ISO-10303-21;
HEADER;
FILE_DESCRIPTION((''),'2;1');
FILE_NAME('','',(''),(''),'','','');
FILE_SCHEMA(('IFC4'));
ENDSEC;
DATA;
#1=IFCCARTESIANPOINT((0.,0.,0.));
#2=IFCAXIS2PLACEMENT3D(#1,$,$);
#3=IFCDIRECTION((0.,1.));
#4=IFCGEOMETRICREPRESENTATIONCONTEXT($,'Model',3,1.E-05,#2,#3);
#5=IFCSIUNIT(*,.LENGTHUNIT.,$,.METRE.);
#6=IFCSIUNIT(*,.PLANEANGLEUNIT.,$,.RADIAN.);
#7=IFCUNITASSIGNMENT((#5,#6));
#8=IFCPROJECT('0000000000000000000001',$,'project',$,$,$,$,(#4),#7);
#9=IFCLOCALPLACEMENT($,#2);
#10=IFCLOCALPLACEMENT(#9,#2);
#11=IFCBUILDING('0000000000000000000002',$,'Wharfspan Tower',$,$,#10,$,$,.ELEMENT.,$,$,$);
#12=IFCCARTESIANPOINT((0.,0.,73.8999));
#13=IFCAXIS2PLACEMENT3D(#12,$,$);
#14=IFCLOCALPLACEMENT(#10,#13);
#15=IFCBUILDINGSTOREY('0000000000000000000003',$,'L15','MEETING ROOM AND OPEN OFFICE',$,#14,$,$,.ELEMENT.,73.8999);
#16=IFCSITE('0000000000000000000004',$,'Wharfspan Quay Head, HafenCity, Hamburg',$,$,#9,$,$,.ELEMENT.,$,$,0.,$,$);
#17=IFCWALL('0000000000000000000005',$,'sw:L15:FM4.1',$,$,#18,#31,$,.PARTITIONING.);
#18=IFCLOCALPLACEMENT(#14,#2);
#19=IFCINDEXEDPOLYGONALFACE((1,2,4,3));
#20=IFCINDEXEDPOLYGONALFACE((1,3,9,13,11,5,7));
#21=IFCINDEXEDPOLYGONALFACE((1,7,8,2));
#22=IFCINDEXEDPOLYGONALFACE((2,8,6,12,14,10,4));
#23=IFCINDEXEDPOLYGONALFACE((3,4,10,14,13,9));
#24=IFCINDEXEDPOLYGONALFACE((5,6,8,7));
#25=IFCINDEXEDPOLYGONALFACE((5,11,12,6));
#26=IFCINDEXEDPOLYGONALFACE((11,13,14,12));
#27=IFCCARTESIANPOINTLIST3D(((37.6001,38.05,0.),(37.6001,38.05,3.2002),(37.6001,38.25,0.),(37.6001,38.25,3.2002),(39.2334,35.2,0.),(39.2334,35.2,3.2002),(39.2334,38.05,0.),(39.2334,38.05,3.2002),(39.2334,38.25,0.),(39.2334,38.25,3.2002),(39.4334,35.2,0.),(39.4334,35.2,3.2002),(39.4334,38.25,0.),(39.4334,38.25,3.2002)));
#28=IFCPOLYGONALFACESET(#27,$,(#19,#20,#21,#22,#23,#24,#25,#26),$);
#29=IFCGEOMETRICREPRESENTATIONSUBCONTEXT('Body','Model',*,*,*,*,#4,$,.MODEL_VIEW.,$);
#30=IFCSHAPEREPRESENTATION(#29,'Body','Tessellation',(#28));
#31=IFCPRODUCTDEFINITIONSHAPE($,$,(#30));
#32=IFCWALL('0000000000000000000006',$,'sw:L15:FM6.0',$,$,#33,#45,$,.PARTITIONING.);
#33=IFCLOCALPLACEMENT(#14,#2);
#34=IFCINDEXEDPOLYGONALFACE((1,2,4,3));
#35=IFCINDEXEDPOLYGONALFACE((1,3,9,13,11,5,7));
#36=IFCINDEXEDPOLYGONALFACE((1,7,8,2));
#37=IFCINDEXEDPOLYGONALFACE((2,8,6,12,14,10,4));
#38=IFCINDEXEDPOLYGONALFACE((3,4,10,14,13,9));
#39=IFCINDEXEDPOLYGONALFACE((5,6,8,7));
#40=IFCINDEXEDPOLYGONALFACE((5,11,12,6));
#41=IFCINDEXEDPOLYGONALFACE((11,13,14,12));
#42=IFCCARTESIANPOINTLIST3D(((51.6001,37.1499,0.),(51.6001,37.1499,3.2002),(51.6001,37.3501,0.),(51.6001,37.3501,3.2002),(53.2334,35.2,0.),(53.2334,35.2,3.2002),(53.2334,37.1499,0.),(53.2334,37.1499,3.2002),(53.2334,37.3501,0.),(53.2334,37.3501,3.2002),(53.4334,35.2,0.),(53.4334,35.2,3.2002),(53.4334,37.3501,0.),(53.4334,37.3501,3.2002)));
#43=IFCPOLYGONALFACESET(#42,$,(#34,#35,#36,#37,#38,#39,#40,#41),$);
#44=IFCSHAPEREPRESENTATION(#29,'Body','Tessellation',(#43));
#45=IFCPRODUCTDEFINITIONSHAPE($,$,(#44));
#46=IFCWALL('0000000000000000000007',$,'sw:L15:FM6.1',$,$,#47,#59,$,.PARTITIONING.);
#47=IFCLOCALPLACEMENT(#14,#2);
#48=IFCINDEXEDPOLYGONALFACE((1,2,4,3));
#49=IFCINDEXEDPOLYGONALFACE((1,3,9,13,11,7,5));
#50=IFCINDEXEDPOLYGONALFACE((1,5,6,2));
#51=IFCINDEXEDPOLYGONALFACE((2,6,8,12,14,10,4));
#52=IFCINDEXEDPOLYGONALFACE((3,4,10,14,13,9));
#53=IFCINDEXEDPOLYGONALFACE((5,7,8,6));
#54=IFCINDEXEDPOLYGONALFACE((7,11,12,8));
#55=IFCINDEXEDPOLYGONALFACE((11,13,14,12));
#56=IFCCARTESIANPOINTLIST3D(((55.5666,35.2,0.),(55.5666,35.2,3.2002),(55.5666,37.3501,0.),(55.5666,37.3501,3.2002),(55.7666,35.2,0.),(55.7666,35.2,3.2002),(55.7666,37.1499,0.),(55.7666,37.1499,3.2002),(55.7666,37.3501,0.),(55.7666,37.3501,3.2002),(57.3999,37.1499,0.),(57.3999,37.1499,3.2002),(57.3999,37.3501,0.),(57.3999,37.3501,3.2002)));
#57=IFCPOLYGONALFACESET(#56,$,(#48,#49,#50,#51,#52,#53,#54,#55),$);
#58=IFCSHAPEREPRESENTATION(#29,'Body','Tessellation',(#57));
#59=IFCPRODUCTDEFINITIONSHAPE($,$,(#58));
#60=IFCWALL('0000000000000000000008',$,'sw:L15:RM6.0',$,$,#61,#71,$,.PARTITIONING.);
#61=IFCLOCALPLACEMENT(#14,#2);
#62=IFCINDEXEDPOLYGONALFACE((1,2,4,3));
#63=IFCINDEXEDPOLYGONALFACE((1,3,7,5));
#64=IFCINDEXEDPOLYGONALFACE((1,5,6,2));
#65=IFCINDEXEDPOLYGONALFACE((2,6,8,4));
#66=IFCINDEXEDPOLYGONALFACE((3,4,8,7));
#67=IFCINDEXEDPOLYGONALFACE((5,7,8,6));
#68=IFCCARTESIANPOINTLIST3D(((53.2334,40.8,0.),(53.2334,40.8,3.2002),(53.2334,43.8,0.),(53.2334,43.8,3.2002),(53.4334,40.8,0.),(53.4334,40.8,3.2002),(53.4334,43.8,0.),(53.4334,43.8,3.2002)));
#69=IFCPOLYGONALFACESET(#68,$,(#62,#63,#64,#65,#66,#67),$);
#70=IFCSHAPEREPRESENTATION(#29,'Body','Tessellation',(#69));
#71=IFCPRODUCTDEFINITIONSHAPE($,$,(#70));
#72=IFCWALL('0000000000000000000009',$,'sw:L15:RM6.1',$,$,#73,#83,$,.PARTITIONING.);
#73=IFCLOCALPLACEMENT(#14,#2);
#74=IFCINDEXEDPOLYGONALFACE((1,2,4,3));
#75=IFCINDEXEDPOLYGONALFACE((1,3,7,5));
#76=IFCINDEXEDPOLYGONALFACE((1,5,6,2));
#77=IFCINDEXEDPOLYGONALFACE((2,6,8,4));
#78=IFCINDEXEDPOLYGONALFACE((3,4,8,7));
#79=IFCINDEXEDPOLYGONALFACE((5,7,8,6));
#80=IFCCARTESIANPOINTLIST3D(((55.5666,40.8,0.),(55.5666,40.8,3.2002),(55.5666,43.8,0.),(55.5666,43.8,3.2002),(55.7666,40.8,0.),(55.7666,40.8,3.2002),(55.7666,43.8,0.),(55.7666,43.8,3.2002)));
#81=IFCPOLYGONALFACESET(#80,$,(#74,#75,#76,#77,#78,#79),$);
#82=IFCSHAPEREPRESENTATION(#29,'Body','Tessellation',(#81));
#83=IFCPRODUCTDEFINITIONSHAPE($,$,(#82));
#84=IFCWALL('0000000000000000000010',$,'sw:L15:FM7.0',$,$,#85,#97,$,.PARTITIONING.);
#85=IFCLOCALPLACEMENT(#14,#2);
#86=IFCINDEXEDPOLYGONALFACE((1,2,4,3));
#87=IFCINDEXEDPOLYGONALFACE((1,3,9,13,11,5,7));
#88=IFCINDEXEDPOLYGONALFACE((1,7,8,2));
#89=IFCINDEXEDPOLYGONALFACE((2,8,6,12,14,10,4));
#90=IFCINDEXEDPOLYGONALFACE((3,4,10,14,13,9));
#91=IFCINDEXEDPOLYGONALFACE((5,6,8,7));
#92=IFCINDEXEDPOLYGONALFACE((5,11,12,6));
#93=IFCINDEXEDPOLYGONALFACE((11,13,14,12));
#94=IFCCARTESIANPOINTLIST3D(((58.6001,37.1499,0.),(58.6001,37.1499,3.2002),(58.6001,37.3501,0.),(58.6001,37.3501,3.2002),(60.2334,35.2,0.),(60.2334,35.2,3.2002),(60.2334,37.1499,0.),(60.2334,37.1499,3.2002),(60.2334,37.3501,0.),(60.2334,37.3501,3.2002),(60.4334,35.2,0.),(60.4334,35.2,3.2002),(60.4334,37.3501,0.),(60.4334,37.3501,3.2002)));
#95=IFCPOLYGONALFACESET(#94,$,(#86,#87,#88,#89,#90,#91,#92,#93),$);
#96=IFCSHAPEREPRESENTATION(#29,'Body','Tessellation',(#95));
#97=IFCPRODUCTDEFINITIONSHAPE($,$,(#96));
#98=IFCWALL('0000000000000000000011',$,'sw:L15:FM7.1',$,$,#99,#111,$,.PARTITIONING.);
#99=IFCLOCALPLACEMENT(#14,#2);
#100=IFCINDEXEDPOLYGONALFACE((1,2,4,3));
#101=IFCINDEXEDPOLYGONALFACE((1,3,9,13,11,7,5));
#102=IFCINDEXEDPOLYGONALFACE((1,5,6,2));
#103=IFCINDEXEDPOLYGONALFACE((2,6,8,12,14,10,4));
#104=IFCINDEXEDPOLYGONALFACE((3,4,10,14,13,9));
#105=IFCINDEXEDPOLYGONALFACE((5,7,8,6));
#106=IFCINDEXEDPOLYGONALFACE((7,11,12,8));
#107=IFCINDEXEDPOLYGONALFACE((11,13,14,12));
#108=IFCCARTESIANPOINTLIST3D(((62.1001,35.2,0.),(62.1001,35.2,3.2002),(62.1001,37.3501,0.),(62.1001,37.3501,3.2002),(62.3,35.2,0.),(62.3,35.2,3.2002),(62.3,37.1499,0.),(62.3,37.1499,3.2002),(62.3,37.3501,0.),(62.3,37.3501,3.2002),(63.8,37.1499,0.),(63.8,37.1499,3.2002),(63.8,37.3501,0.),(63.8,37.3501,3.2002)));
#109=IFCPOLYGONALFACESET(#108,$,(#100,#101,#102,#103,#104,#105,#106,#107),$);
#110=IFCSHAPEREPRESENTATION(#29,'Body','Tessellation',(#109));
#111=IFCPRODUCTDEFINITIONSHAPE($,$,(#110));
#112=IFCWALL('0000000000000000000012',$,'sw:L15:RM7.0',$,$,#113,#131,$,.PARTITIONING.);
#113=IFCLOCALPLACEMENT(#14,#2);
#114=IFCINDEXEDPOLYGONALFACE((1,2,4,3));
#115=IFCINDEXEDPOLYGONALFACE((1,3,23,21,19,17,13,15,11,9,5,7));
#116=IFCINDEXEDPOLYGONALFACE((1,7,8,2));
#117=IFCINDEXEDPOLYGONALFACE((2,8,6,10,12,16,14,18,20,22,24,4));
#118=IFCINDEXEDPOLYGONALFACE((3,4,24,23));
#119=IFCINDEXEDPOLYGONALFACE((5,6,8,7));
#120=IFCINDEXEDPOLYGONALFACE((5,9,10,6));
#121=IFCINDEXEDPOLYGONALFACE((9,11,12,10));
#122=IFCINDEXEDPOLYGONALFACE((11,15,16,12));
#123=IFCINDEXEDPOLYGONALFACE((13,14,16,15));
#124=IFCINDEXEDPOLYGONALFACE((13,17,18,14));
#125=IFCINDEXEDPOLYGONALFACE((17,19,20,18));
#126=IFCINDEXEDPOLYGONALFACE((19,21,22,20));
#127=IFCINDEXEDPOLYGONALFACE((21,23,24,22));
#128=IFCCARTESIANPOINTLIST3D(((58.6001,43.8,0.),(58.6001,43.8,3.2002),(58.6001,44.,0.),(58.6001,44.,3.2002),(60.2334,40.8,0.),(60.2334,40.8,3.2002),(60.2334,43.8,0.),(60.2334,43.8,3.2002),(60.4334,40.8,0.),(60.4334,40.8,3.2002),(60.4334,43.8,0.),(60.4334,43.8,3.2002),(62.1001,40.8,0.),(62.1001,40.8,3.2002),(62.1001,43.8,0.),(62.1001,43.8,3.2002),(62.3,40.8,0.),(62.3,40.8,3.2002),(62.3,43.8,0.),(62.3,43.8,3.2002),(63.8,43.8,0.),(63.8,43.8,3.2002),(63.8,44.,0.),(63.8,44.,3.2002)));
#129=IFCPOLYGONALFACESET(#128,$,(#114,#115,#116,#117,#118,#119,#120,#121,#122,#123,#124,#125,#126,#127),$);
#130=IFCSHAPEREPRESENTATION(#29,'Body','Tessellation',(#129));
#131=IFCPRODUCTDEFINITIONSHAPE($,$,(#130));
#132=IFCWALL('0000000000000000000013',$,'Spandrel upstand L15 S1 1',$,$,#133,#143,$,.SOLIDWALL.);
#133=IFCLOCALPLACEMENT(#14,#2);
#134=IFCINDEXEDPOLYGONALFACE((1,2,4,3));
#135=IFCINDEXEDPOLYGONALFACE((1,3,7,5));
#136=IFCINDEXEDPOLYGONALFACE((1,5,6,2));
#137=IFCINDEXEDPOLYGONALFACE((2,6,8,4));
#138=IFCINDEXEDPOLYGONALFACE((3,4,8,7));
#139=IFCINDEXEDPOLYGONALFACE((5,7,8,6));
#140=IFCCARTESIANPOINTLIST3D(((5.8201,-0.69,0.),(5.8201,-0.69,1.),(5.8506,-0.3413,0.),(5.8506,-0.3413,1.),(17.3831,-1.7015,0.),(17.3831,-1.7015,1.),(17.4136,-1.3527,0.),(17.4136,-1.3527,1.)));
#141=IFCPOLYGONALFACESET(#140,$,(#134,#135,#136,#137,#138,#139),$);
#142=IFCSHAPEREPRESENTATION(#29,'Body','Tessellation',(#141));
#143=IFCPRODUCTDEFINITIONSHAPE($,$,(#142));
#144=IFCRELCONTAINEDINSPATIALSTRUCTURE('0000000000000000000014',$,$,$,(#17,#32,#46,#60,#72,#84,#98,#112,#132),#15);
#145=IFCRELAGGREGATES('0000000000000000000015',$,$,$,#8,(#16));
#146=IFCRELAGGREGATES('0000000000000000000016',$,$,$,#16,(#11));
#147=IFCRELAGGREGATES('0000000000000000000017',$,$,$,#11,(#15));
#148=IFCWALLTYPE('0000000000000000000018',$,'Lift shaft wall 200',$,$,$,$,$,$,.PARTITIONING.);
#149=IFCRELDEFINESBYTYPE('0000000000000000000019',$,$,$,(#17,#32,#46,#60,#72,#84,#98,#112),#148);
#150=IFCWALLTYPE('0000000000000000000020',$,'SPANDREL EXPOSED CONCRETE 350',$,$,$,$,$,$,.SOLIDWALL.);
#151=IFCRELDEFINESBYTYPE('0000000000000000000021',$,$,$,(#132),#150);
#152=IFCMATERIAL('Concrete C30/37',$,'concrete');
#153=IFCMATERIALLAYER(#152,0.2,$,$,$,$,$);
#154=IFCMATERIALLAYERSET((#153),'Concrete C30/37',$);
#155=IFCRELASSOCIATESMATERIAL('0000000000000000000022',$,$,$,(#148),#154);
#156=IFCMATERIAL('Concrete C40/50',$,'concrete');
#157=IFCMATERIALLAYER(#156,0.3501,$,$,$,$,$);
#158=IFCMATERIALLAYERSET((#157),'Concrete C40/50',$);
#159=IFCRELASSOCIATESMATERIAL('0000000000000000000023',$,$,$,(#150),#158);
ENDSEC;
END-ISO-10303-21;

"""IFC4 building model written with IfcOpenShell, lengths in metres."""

from ifc_helpers import new_model, si_unit, direction, frame, frame_2d, origin, place, context, subcontext, project, spatial, polyline, rectangle, outline, extrude, material, layer, layer_set, type_object, element, save


model = new_model("IFC4")

# Units and contexts
model_context = context("Model", 3, precision=1e-05, world=origin(), true_north=direction((0.0, 1.0)))
body_context = subcontext(model_context, "Body", "Model", "MODEL_VIEW")
ifc_project = project(units=[si_unit("LENGTHUNIT", "METRE"), si_unit("PLANEANGLEUNIT", "RADIAN")], contexts=[model_context])

# Site, building, storey
site_placement = place(None, origin())
site = spatial("IfcSite", under=ifc_project, at=site_placement, Name="Wharfspan Quay Head, HafenCity, Hamburg", CompositionType="ELEMENT", RefElevation=0.0)
building_placement = place(site_placement, origin())
building = spatial("IfcBuilding", under=site, at=building_placement, Name="Wharfspan Tower", CompositionType="ELEMENT")
storey_placement = place(building_placement, frame((0.0, 0.0, 73.8999)))
storey = spatial("IfcBuildingStorey", under=building, at=storey_placement, Name="L15", Description="MEETING ROOM AND OPEN OFFICE", CompositionType="ELEMENT", Elevation=73.8999)

# Shared definitions
ifc_material_1 = material(Name="Concrete C40/50", Category="concrete")

# Walls
ifc_material_2 = material(Name="Concrete C30/37", Category="concrete")
ifc_layer_1 = layer(ifc_material_2, 0.2)
ifc_layer_set_1 = layer_set([ifc_layer_1], Name="Concrete C30/37")
wall_type_1 = type_object("IfcWallType", Name="Lift shaft wall 200", PredefinedType="PARTITIONING", material=ifc_layer_set_1)
wall_1_placement = place(storey_placement, origin())
element("IfcWall", 1, at=wall_1_placement, inside=storey, type_object=wall_type_1, Name="sw:L15:FM4.1", PredefinedType="PARTITIONING", context=body_context, shape_type="SweptSolid", body=[
    extrude(outline(polyline([(39.2334, 38.05), (37.6001, 38.05), (37.6001, 38.25), (39.2334, 38.25), (39.4333, 38.25), (39.4333, 35.2), (39.2334, 35.2), (39.2334, 38.05)])), origin(), (0.0, 0.0, 1.0), 3.2002),
])
wall_2_placement = place(storey_placement, origin())
element("IfcWall", 2, at=wall_2_placement, inside=storey, type_object=wall_type_1, Name="sw:L15:FM6.0", PredefinedType="PARTITIONING", context=body_context, shape_type="SweptSolid", body=[
    extrude(outline(polyline([(53.2334, 37.1499), (51.6001, 37.1499), (51.6001, 37.3501), (53.2334, 37.3501), (53.4333, 37.3501), (53.4333, 35.2), (53.2334, 35.2), (53.2334, 37.1499)])), origin(), (0.0, 0.0, 1.0), 3.2002),
])
wall_3_placement = place(storey_placement, origin())
element("IfcWall", 3, at=wall_3_placement, inside=storey, type_object=wall_type_1, Name="sw:L15:FM6.1", PredefinedType="PARTITIONING", context=body_context, shape_type="SweptSolid", body=[
    extrude(outline(polyline([(55.5667, 37.3501), (55.7666, 37.3501), (57.3999, 37.3501), (57.3999, 37.1499), (55.7666, 37.1499), (55.7666, 35.2), (55.5667, 35.2), (55.5667, 37.3501)])), origin(), (0.0, 0.0, 1.0), 3.2002),
])
wall_4_placement = place(storey_placement, origin())
element("IfcWall", 4, at=wall_4_placement, inside=storey, type_object=wall_type_1, Name="sw:L15:RM6.0", PredefinedType="PARTITIONING", context=body_context, shape_type="SweptSolid", body=[
    extrude(outline(polyline([(53.2334, 40.8), (53.2334, 43.8), (53.4333, 43.8), (53.4333, 40.8), (53.2334, 40.8)])), origin(), (0.0, 0.0, 1.0), 3.2002),
])
wall_5_placement = place(storey_placement, origin())
element("IfcWall", 5, at=wall_5_placement, inside=storey, type_object=wall_type_1, Name="sw:L15:RM6.1", PredefinedType="PARTITIONING", context=body_context, shape_type="SweptSolid", body=[
    extrude(outline(polyline([(55.5667, 40.8), (55.5667, 43.8), (55.7666, 43.8), (55.7666, 40.8), (55.5667, 40.8)])), origin(), (0.0, 0.0, 1.0), 3.2002),
])
wall_6_placement = place(storey_placement, origin())
element("IfcWall", 6, at=wall_6_placement, inside=storey, type_object=wall_type_1, Name="sw:L15:FM7.0", PredefinedType="PARTITIONING", context=body_context, shape_type="SweptSolid", body=[
    extrude(outline(polyline([(60.2334, 37.1499), (58.6001, 37.1499), (58.6001, 37.3501), (60.2334, 37.3501), (60.4333, 37.3501), (60.4333, 35.2), (60.2334, 35.2), (60.2334, 37.1499)])), origin(), (0.0, 0.0, 1.0), 3.2002),
])
wall_7_placement = place(storey_placement, origin())
element("IfcWall", 7, at=wall_7_placement, inside=storey, type_object=wall_type_1, Name="sw:L15:FM7.1", PredefinedType="PARTITIONING", context=body_context, shape_type="SweptSolid", body=[
    extrude(outline(polyline([(62.1001, 37.3501), (62.3, 37.3501), (63.8, 37.3501), (63.8, 37.1499), (62.3, 37.1499), (62.3, 35.2), (62.1001, 35.2), (62.1001, 37.3501)])), origin(), (0.0, 0.0, 1.0), 3.2002),
])
wall_8_placement = place(storey_placement, origin())
element("IfcWall", 8, at=wall_8_placement, inside=storey, type_object=wall_type_1, Name="sw:L15:RM7.0", PredefinedType="PARTITIONING", context=body_context, shape_type="SweptSolid", body=[
    extrude(outline(polyline([(60.4333, 40.8), (60.2334, 40.8), (60.2334, 43.8), (58.6001, 43.8), (58.6001, 44.0), (63.8, 44.0), (63.8, 43.8), (62.3, 43.8), (62.3, 40.8), (62.1001, 40.8), (62.1001, 43.8), (60.4333, 43.8), (60.4333, 40.8)])), origin(), (0.0, 0.0, 1.0), 3.2002),
])
ifc_layer_2 = layer(ifc_material_1, 0.3501)
ifc_layer_set_2 = layer_set([ifc_layer_2], Name="Concrete C40/50")
wall_type_2 = type_object("IfcWallType", Name="SPANDREL EXPOSED CONCRETE 350", PredefinedType="SOLIDWALL", material=ifc_layer_set_2)
wall_9_placement = place(storey_placement, frame((5.8352, -0.5156, 0.0), z_axis=(0.0, 0.0, 1.0), x_axis=(0.996192, -0.087142, 0.0)))
element("IfcWall", 9, at=wall_9_placement, inside=storey, type_object=wall_type_2, Name="Spandrel upstand L15 S1 1", PredefinedType="SOLIDWALL", context=body_context, shape_type="SweptSolid", body=[
    extrude(rectangle(XDim=11.6072, YDim=0.3501, at=frame_2d((5.8037, 0.0))), origin(), (0.0, 0.0, 1.0), 1.0),
])

save(model, "model.ifc")
